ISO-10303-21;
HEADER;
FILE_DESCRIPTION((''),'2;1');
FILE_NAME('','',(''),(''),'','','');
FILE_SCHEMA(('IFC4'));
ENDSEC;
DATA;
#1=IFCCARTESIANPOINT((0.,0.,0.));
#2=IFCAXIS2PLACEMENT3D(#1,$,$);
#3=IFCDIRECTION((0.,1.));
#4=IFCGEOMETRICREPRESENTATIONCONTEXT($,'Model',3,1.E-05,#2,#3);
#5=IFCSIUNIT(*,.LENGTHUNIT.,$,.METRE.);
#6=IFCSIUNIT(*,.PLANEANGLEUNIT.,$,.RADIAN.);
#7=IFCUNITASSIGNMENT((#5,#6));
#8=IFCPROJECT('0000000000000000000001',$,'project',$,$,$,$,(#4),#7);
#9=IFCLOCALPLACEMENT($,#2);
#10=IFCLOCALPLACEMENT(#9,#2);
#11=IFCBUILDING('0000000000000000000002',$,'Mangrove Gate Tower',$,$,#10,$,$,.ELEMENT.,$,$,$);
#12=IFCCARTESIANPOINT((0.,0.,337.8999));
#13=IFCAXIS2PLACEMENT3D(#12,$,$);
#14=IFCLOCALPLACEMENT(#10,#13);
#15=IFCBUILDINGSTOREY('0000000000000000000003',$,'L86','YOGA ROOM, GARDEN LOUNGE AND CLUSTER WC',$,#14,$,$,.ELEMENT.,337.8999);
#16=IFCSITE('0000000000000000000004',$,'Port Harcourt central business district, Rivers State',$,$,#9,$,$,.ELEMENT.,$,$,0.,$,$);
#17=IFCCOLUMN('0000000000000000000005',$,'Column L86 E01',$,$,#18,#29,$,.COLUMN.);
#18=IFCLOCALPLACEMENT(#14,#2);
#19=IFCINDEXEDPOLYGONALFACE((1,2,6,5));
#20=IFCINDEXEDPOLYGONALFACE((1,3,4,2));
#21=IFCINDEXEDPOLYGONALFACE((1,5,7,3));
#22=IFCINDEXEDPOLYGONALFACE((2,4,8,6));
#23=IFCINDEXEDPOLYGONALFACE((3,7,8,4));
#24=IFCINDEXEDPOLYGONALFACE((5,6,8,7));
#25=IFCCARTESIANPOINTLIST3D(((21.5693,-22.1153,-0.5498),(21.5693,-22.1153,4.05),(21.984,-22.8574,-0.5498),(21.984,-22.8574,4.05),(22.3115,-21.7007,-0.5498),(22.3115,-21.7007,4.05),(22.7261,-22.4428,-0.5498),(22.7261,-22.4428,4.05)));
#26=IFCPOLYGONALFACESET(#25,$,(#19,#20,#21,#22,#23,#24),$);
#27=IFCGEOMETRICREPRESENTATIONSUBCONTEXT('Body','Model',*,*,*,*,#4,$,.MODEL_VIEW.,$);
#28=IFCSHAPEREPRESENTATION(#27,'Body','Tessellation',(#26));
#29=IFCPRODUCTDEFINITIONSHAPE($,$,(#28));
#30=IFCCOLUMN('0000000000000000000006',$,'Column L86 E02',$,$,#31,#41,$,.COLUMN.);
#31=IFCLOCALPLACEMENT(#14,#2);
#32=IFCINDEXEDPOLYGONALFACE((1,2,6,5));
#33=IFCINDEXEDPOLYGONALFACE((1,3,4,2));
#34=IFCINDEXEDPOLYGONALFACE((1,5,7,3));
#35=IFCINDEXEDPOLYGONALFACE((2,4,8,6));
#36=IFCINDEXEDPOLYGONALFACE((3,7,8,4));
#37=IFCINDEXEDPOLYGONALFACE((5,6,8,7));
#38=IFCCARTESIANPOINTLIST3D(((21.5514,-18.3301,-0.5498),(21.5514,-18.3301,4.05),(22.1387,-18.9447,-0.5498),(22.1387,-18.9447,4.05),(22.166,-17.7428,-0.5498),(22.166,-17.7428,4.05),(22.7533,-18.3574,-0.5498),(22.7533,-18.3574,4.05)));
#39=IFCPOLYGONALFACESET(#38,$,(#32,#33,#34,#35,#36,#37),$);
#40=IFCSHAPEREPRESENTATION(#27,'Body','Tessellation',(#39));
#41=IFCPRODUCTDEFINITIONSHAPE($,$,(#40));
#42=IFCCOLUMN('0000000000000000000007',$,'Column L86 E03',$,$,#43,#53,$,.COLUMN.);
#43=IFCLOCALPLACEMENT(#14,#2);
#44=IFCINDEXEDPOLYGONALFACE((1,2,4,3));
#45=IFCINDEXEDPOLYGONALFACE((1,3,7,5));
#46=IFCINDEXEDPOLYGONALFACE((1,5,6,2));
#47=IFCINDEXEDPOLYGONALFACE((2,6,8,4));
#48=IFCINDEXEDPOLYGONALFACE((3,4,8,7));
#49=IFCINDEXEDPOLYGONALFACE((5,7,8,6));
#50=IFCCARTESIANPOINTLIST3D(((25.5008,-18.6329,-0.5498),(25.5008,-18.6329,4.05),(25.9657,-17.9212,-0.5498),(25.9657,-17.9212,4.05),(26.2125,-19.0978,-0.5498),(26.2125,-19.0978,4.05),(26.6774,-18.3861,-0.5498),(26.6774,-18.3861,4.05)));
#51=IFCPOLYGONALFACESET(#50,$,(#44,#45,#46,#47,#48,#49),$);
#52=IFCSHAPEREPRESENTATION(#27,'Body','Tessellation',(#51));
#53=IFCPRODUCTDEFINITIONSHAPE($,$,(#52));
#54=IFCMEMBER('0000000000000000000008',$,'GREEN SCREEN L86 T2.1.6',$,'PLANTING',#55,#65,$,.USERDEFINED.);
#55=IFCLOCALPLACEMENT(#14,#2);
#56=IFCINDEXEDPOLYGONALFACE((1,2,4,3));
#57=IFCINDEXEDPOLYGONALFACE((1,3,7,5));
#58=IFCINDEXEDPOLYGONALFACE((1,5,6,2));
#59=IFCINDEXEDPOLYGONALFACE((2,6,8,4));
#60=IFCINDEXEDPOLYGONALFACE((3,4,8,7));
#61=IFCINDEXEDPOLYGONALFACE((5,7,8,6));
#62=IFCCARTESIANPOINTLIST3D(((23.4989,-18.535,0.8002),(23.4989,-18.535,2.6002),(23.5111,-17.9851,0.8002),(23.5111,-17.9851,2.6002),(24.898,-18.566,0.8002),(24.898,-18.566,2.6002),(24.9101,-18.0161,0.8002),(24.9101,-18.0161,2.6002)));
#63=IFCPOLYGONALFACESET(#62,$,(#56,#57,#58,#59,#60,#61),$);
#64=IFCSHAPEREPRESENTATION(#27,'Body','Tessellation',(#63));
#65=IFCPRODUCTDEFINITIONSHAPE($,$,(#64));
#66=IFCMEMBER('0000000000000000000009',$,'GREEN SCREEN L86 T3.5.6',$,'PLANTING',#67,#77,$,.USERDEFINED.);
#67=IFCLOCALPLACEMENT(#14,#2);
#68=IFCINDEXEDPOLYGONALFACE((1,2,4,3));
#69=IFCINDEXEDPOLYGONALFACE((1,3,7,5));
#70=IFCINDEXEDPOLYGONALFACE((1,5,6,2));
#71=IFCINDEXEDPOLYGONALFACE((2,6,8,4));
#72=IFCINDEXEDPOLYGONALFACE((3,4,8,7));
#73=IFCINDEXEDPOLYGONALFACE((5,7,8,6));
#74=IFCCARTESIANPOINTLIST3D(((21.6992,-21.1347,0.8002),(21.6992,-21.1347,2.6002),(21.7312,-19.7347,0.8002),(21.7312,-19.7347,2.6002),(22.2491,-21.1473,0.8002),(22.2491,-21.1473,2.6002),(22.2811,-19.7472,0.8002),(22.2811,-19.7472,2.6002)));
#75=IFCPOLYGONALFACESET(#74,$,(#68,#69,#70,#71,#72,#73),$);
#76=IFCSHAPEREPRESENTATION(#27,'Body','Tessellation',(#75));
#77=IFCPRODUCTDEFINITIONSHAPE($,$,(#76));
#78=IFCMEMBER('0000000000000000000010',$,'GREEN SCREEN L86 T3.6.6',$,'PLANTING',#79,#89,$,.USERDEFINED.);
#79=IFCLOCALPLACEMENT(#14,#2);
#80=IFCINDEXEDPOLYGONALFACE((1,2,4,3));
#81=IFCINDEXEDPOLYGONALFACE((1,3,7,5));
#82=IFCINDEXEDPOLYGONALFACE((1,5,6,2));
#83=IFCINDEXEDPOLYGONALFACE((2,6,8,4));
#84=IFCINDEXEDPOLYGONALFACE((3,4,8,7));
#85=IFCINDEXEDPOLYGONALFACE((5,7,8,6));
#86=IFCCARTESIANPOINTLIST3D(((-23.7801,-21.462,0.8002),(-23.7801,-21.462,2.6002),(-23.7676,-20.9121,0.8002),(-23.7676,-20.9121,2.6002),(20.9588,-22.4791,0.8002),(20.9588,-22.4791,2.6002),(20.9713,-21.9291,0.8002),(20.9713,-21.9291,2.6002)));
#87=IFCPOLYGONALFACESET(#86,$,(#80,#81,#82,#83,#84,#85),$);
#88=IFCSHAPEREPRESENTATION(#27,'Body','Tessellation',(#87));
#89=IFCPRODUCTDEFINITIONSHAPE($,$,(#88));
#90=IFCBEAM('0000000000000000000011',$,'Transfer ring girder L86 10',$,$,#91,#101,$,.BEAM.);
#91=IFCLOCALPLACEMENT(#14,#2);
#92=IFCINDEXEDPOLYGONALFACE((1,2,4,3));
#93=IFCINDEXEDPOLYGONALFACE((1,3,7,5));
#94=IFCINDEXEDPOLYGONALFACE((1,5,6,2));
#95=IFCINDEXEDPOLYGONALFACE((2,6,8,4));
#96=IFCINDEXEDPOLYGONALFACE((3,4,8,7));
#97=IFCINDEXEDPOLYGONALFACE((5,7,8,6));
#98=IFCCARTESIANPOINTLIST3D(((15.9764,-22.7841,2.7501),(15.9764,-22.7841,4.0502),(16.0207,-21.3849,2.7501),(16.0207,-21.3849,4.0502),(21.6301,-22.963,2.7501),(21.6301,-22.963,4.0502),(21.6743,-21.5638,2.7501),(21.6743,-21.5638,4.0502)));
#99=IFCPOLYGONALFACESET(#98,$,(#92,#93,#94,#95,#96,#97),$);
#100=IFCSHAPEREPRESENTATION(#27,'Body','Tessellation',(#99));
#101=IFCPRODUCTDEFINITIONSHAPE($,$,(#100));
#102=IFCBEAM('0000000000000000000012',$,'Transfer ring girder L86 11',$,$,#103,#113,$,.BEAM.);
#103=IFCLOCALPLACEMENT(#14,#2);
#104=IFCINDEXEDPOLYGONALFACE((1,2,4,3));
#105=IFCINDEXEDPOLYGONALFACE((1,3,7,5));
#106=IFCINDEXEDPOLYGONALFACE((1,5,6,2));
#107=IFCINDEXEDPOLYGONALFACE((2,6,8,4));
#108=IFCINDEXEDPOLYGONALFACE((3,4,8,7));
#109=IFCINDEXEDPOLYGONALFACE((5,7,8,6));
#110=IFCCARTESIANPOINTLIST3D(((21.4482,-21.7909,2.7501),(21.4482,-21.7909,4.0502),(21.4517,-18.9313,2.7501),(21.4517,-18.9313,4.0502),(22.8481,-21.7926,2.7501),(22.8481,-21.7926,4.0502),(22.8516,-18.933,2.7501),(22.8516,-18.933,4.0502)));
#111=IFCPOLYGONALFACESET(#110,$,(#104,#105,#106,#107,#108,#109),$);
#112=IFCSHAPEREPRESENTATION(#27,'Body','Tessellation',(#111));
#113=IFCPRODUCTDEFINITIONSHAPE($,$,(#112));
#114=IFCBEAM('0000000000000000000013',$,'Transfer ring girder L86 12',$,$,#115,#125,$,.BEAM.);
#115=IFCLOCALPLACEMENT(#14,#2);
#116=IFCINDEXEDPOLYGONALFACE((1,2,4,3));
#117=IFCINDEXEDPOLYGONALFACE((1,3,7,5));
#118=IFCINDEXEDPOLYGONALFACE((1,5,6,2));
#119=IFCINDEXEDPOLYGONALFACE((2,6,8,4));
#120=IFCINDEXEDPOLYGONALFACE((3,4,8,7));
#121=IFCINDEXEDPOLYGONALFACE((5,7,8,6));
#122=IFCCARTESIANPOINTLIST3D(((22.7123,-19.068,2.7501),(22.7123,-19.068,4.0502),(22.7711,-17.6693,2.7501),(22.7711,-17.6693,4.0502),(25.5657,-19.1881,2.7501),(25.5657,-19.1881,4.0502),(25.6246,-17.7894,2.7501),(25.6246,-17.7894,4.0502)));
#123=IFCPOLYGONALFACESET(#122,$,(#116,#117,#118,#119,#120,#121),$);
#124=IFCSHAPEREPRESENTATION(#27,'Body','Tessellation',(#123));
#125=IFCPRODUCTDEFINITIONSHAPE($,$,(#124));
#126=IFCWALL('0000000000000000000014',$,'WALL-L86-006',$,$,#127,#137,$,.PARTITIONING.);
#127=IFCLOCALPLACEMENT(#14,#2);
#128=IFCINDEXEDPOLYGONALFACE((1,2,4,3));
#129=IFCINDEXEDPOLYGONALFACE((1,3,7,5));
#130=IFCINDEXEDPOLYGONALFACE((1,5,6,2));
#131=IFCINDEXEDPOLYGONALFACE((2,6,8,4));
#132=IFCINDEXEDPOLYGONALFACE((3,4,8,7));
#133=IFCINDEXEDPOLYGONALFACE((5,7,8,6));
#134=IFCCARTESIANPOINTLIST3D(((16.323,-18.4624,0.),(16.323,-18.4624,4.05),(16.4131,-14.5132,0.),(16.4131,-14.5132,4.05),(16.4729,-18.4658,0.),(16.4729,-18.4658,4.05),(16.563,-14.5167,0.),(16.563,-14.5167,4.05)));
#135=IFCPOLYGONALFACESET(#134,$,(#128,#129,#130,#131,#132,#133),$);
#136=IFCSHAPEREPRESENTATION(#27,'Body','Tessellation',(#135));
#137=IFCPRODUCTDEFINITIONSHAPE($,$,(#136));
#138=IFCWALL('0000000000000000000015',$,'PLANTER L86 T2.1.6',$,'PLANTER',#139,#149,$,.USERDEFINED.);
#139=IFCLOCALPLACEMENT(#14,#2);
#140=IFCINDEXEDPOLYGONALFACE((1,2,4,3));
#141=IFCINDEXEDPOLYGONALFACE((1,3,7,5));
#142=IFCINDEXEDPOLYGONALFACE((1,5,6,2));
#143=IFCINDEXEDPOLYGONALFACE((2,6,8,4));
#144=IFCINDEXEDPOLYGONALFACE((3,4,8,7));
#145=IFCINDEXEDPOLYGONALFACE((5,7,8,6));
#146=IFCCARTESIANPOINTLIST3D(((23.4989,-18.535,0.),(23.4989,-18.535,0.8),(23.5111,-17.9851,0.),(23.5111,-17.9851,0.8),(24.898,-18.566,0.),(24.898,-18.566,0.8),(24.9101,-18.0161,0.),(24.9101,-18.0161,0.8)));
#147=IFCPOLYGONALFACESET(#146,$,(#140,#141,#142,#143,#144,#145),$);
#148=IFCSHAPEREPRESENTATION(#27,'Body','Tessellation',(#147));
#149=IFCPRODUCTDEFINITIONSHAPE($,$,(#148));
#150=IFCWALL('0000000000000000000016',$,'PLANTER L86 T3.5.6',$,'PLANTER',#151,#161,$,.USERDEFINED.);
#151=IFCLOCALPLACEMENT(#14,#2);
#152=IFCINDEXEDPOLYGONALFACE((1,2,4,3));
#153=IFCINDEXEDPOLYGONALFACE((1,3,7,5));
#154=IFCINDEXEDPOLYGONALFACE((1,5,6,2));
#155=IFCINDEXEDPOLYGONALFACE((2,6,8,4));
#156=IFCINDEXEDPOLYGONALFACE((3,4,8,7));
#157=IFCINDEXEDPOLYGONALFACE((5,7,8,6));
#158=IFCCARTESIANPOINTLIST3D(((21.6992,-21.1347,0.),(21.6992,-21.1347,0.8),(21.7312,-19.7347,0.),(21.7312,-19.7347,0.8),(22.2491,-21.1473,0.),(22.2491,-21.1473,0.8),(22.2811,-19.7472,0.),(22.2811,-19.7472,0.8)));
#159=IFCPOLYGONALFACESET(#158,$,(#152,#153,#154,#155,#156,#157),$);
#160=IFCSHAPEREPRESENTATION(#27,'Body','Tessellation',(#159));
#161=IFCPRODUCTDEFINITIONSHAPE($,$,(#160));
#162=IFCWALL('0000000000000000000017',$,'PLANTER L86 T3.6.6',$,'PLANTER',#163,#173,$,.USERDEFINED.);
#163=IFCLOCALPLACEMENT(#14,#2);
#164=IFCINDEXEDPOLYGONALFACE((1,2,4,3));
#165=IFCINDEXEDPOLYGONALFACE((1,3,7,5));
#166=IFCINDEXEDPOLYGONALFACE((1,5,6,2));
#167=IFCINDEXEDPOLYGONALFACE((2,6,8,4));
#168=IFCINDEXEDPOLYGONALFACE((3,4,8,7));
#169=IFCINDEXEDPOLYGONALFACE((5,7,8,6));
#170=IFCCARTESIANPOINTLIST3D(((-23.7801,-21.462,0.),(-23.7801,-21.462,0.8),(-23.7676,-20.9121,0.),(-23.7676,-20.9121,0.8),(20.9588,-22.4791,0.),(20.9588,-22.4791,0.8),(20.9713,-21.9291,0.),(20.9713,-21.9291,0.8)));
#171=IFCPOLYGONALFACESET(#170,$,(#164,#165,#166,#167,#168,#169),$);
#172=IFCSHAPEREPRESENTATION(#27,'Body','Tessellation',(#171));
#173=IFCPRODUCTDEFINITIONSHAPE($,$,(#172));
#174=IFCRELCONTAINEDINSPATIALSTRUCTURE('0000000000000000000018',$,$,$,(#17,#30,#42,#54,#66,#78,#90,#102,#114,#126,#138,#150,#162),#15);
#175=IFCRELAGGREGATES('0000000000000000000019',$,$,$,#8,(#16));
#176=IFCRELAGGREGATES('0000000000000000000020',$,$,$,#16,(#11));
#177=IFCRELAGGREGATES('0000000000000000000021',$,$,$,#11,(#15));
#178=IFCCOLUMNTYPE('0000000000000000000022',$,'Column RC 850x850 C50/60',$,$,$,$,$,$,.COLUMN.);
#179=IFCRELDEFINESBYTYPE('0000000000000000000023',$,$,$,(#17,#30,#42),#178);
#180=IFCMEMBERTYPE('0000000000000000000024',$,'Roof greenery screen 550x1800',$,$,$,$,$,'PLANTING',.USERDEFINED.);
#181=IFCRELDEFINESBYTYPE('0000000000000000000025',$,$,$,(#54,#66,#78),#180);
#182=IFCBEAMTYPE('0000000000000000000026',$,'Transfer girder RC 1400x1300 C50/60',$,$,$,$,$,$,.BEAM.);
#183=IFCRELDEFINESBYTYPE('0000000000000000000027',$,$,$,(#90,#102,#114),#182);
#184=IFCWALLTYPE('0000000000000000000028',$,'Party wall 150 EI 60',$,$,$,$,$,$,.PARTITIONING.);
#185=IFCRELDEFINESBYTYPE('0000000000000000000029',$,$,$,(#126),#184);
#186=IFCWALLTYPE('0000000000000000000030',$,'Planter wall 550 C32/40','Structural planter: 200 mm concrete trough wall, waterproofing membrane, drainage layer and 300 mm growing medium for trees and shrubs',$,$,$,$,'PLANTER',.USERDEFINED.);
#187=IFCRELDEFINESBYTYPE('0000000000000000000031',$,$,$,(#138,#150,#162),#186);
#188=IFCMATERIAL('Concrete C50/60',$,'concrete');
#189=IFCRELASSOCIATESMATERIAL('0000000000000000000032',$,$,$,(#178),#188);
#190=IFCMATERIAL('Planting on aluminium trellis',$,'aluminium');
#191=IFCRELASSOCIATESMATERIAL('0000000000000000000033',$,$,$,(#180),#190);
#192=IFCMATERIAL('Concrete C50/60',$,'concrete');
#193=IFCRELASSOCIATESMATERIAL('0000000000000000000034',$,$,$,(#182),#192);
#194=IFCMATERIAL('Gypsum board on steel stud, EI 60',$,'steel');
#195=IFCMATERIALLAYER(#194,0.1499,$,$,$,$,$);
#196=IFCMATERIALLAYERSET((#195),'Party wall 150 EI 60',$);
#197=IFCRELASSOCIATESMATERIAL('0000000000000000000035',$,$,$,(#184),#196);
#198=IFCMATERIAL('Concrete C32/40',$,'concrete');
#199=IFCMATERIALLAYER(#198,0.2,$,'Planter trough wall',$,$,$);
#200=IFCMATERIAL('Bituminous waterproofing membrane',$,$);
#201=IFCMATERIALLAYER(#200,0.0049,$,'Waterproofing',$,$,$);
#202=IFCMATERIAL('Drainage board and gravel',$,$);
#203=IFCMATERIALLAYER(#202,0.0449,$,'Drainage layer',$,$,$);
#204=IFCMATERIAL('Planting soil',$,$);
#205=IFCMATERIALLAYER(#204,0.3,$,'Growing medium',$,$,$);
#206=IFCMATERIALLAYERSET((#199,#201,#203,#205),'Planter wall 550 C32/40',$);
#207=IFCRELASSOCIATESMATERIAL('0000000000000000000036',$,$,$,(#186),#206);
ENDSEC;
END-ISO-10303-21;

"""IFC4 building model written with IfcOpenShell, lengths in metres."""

from ifc_helpers import new_model, si_unit, direction, frame, frame_2d, origin, origin_2d, place, context, subcontext, project, spatial, rectangle, extrude, material, layer, layer_set, material_profile, profile_set, type_object, element, save


model = new_model("IFC4")

# Units and contexts
model_context = context("Model", 3, precision=1e-05, world=origin(), true_north=direction((0.0, 1.0)))
body_context = subcontext(model_context, "Body", "Model", "MODEL_VIEW")
ifc_project = project(units=[si_unit("LENGTHUNIT", "METRE"), si_unit("PLANEANGLEUNIT", "RADIAN")], contexts=[model_context])

# Site, building, storey
site_placement = place(None, origin())
site = spatial("IfcSite", under=ifc_project, at=site_placement, Name="Port Harcourt central business district, Rivers State", CompositionType="ELEMENT", RefElevation=0.0)
building_placement = place(site_placement, origin())
building = spatial("IfcBuilding", under=site, at=building_placement, Name="Mangrove Gate Tower", CompositionType="ELEMENT")
storey_placement = place(building_placement, frame((0.0, 0.0, 337.8999)))
storey = spatial("IfcBuildingStorey", under=building, at=storey_placement, Name="L86", Description="YOGA ROOM, GARDEN LOUNGE AND CLUSTER WC", CompositionType="ELEMENT", Elevation=337.8999)

# Columns
ifc_material_1 = material(Name="Concrete C50/60", Category="concrete")
ifc_material_profile_1 = material_profile(ifc_material_1, rectangle(XDim=0.8501, YDim=0.8501, at=origin_2d()))
ifc_profile_set_1 = profile_set([ifc_material_profile_1], Name="Concrete C50/60")
column_type = type_object("IfcColumnType", Name="Column RC 850x850 C50/60", PredefinedType="COLUMN", material=ifc_profile_set_1)
for number, where, z_axis, x_axis, name in (
    (1, (22.1477, -22.2791, -0.5498), (0.0, 0.0, 1.0), (0.872988, 0.487742, 0.0), "Column L86 E01"),
    (2, (22.1523, -18.3438, -0.5498), (0.0, 0.0, 1.0), (0.72301, 0.690837, 0.0), "Column L86 E02"),
    (3, (26.0891, -18.5095, -0.5498), (0.0, 0.0, 1.0), (0.546912, 0.83719, 0.0), "Column L86 E03"),
):
    element("IfcColumn", number, at=place(storey_placement, frame(where, z_axis=z_axis, x_axis=x_axis)), inside=storey, type_object=column_type, Name=name, PredefinedType="COLUMN", context=body_context, shape_type="SweptSolid", body=[
        extrude(rectangle(XDim=0.8501, YDim=0.8501, at=origin_2d()), origin(), (0.0, 0.0, 1.0), 4.5999),
    ])

# Members
ifc_material_2 = material(Name="Planting on aluminium trellis", Category="aluminium")
ifc_material_profile_2 = material_profile(ifc_material_2, rectangle(XDim=0.55, YDim=1.8, at=origin_2d()))
ifc_profile_set_2 = profile_set([ifc_material_profile_2], Name="Planting on aluminium trellis")
member_type = type_object("IfcMemberType", Name="Roof greenery screen 550x1800", ElementType="PLANTING", PredefinedType="USERDEFINED", material=ifc_profile_set_2)
member_1_placement = place(storey_placement, frame((24.9041, -18.291, 1.7002), z_axis=(-0.999755, 0.022155, 0.0), x_axis=(-0.022155, -0.999755, 0.0)))
element("IfcMember", 4, at=member_1_placement, inside=storey, type_object=member_type, Name="GREEN SCREEN L86 T2.1.6", ObjectType="PLANTING", PredefinedType="USERDEFINED", context=body_context, shape_type="SweptSolid", body=[
    extrude(rectangle(XDim=0.55, YDim=1.8, at=origin_2d()), origin(), (0.0, 0.0, 1.0), 1.3994),
])
member_2_placement = place(storey_placement, frame((22.0061, -19.741, 1.7002), z_axis=(-0.022836, -0.999739, 0.0), x_axis=(0.999739, -0.022836, 0.0)))
element("IfcMember", 5, at=member_2_placement, inside=storey, type_object=member_type, Name="GREEN SCREEN L86 T3.5.6", ObjectType="PLANTING", PredefinedType="USERDEFINED", context=body_context, shape_type="SweptSolid", body=[
    extrude(rectangle(XDim=0.55, YDim=1.8, at=origin_2d()), origin(), (0.0, 0.0, 1.0), 1.4004),
])
member_3_placement = place(storey_placement, frame((20.9651, -22.2041, 1.7002), z_axis=(-0.999742, 0.022728, 0.0), x_axis=(-0.022728, -0.999742, 0.0)))
element("IfcMember", 6, at=member_3_placement, inside=storey, type_object=member_type, Name="GREEN SCREEN L86 T3.6.6", ObjectType="PLANTING", PredefinedType="USERDEFINED", context=body_context, shape_type="SweptSolid", body=[
    extrude(rectangle(XDim=0.55, YDim=1.8, at=origin_2d()), origin(), (0.0, 0.0, 1.0), 44.7505),
])

# Beams
ifc_material_3 = material(Name="Concrete C50/60", Category="concrete")
ifc_material_profile_3 = material_profile(ifc_material_3, rectangle(XDim=1.3999, YDim=1.3, at=origin_2d()))
ifc_profile_set_3 = profile_set([ifc_material_profile_3], Name="Concrete C50/60")
beam_type = type_object("IfcBeamType", Name="Transfer girder RC 1400x1300 C50/60", PredefinedType="BEAM", material=ifc_profile_set_3)
beam_1_placement = place(storey_placement, frame((15.9985, -22.0845, 3.4001), z_axis=(0.999499, -0.031638, 0.0), x_axis=(0.031638, 0.999499, 0.0)))
element("IfcBeam", 7, at=beam_1_placement, inside=storey, type_object=beam_type, Name="Transfer ring girder L86 10", PredefinedType="BEAM", context=body_context, shape_type="SweptSolid", body=[
    extrude(rectangle(XDim=1.3999, YDim=1.3, at=origin_2d()), origin(), (0.0, 0.0, 1.0), 5.6565),
])
beam_2_placement = place(storey_placement, frame((22.1482, -21.7917, 3.4001), z_axis=(0.001195, 0.999999, 0.0), x_axis=(-0.999999, 0.001195, 0.0)))
element("IfcBeam", 8, at=beam_2_placement, inside=storey, type_object=beam_type, Name="Transfer ring girder L86 11", PredefinedType="BEAM", context=body_context, shape_type="SweptSolid", body=[
    extrude(rectangle(XDim=1.3999, YDim=1.3, at=origin_2d()), origin(), (0.0, 0.0, 1.0), 2.8596),
])
beam_3_placement = place(storey_placement, frame((22.7417, -18.3687, 3.4001), z_axis=(0.999115, -0.042057, 0.0), x_axis=(0.042057, 0.999115, 0.0)))
element("IfcBeam", 9, at=beam_3_placement, inside=storey, type_object=beam_type, Name="Transfer ring girder L86 12", PredefinedType="BEAM", context=body_context, shape_type="SweptSolid", body=[
    extrude(rectangle(XDim=1.3999, YDim=1.3, at=origin_2d()), origin(), (0.0, 0.0, 1.0), 2.856),
])

# Walls
ifc_material_4 = material(Name="Gypsum board on steel stud, EI 60", Category="steel")
ifc_layer_1 = layer(ifc_material_4, 0.1499)
ifc_layer_set_1 = layer_set([ifc_layer_1], Name="Party wall 150 EI 60")
wall_type_1 = type_object("IfcWallType", Name="Party wall 150 EI 60", PredefinedType="PARTITIONING", material=ifc_layer_set_1)
wall_1_placement = place(storey_placement, frame((16.3979, -18.4641, 0.0), z_axis=(0.0, 0.0, 1.0), x_axis=(0.022806, 0.99974, 0.0)))
element("IfcWall", 10, at=wall_1_placement, inside=storey, type_object=wall_type_1, Name="WALL-L86-006", PredefinedType="PARTITIONING", context=body_context, shape_type="SweptSolid", body=[
    extrude(rectangle(XDim=3.9502, YDim=0.1499, at=frame_2d((1.9751, 0.0))), origin(), (0.0, 0.0, 1.0), 4.05),
])
ifc_material_5 = material(Name="Concrete C32/40", Category="concrete")
ifc_layer_2 = layer(ifc_material_5, 0.2, Name="Planter trough wall")
ifc_material_6 = material(Name="Bituminous waterproofing membrane")
ifc_layer_3 = layer(ifc_material_6, 0.0049, Name="Waterproofing")
ifc_material_7 = material(Name="Drainage board and gravel")
ifc_layer_4 = layer(ifc_material_7, 0.0449, Name="Drainage layer")
ifc_material_8 = material(Name="Planting soil")
ifc_layer_5 = layer(ifc_material_8, 0.3, Name="Growing medium")
ifc_layer_set_2 = layer_set([ifc_layer_2, ifc_layer_3, ifc_layer_4, ifc_layer_5], Name="Planter wall 550 C32/40")
wall_type_2 = type_object("IfcWallType", Name="Planter wall 550 C32/40", Description="Structural planter: 200 mm concrete trough wall, waterproofing membrane, drainage layer and 300 mm growing medium for trees and shrubs", ElementType="PLANTER", PredefinedType="USERDEFINED", material=ifc_layer_set_2)
wall_2_placement = place(storey_placement, frame((24.9041, -18.291, 0.0), z_axis=(0.0, 0.0, 1.0), x_axis=(-0.999755, 0.022155, 0.0)))
element("IfcWall", 11, at=wall_2_placement, inside=storey, type_object=wall_type_2, Name="PLANTER L86 T2.1.6", ObjectType="PLANTER", PredefinedType="USERDEFINED", context=body_context, shape_type="SweptSolid", body=[
    extrude(rectangle(XDim=1.3994, YDim=0.55, at=frame_2d((0.6997, 0.0))), origin(), (0.0, 0.0, 1.0), 0.8),
])
wall_3_placement = place(storey_placement, frame((22.0061, -19.741, 0.0), z_axis=(0.0, 0.0, 1.0), x_axis=(-0.022836, -0.999739, 0.0)))
element("IfcWall", 12, at=wall_3_placement, inside=storey, type_object=wall_type_2, Name="PLANTER L86 T3.5.6", ObjectType="PLANTER", PredefinedType="USERDEFINED", context=body_context, shape_type="SweptSolid", body=[
    extrude(rectangle(XDim=1.4004, YDim=0.55, at=frame_2d((0.7002, 0.0))), origin(), (0.0, 0.0, 1.0), 0.8),
])
wall_4_placement = place(storey_placement, frame((20.9651, -22.2041, 0.0), z_axis=(0.0, 0.0, 1.0), x_axis=(-0.999742, 0.022728, 0.0)))
element("IfcWall", 13, at=wall_4_placement, inside=storey, type_object=wall_type_2, Name="PLANTER L86 T3.6.6", ObjectType="PLANTER", PredefinedType="USERDEFINED", context=body_context, shape_type="SweptSolid", body=[
    extrude(rectangle(XDim=44.7505, YDim=0.55, at=frame_2d((22.3752, 0.0))), origin(), (0.0, 0.0, 1.0), 0.8),
])

save(model, "model.ifc")
